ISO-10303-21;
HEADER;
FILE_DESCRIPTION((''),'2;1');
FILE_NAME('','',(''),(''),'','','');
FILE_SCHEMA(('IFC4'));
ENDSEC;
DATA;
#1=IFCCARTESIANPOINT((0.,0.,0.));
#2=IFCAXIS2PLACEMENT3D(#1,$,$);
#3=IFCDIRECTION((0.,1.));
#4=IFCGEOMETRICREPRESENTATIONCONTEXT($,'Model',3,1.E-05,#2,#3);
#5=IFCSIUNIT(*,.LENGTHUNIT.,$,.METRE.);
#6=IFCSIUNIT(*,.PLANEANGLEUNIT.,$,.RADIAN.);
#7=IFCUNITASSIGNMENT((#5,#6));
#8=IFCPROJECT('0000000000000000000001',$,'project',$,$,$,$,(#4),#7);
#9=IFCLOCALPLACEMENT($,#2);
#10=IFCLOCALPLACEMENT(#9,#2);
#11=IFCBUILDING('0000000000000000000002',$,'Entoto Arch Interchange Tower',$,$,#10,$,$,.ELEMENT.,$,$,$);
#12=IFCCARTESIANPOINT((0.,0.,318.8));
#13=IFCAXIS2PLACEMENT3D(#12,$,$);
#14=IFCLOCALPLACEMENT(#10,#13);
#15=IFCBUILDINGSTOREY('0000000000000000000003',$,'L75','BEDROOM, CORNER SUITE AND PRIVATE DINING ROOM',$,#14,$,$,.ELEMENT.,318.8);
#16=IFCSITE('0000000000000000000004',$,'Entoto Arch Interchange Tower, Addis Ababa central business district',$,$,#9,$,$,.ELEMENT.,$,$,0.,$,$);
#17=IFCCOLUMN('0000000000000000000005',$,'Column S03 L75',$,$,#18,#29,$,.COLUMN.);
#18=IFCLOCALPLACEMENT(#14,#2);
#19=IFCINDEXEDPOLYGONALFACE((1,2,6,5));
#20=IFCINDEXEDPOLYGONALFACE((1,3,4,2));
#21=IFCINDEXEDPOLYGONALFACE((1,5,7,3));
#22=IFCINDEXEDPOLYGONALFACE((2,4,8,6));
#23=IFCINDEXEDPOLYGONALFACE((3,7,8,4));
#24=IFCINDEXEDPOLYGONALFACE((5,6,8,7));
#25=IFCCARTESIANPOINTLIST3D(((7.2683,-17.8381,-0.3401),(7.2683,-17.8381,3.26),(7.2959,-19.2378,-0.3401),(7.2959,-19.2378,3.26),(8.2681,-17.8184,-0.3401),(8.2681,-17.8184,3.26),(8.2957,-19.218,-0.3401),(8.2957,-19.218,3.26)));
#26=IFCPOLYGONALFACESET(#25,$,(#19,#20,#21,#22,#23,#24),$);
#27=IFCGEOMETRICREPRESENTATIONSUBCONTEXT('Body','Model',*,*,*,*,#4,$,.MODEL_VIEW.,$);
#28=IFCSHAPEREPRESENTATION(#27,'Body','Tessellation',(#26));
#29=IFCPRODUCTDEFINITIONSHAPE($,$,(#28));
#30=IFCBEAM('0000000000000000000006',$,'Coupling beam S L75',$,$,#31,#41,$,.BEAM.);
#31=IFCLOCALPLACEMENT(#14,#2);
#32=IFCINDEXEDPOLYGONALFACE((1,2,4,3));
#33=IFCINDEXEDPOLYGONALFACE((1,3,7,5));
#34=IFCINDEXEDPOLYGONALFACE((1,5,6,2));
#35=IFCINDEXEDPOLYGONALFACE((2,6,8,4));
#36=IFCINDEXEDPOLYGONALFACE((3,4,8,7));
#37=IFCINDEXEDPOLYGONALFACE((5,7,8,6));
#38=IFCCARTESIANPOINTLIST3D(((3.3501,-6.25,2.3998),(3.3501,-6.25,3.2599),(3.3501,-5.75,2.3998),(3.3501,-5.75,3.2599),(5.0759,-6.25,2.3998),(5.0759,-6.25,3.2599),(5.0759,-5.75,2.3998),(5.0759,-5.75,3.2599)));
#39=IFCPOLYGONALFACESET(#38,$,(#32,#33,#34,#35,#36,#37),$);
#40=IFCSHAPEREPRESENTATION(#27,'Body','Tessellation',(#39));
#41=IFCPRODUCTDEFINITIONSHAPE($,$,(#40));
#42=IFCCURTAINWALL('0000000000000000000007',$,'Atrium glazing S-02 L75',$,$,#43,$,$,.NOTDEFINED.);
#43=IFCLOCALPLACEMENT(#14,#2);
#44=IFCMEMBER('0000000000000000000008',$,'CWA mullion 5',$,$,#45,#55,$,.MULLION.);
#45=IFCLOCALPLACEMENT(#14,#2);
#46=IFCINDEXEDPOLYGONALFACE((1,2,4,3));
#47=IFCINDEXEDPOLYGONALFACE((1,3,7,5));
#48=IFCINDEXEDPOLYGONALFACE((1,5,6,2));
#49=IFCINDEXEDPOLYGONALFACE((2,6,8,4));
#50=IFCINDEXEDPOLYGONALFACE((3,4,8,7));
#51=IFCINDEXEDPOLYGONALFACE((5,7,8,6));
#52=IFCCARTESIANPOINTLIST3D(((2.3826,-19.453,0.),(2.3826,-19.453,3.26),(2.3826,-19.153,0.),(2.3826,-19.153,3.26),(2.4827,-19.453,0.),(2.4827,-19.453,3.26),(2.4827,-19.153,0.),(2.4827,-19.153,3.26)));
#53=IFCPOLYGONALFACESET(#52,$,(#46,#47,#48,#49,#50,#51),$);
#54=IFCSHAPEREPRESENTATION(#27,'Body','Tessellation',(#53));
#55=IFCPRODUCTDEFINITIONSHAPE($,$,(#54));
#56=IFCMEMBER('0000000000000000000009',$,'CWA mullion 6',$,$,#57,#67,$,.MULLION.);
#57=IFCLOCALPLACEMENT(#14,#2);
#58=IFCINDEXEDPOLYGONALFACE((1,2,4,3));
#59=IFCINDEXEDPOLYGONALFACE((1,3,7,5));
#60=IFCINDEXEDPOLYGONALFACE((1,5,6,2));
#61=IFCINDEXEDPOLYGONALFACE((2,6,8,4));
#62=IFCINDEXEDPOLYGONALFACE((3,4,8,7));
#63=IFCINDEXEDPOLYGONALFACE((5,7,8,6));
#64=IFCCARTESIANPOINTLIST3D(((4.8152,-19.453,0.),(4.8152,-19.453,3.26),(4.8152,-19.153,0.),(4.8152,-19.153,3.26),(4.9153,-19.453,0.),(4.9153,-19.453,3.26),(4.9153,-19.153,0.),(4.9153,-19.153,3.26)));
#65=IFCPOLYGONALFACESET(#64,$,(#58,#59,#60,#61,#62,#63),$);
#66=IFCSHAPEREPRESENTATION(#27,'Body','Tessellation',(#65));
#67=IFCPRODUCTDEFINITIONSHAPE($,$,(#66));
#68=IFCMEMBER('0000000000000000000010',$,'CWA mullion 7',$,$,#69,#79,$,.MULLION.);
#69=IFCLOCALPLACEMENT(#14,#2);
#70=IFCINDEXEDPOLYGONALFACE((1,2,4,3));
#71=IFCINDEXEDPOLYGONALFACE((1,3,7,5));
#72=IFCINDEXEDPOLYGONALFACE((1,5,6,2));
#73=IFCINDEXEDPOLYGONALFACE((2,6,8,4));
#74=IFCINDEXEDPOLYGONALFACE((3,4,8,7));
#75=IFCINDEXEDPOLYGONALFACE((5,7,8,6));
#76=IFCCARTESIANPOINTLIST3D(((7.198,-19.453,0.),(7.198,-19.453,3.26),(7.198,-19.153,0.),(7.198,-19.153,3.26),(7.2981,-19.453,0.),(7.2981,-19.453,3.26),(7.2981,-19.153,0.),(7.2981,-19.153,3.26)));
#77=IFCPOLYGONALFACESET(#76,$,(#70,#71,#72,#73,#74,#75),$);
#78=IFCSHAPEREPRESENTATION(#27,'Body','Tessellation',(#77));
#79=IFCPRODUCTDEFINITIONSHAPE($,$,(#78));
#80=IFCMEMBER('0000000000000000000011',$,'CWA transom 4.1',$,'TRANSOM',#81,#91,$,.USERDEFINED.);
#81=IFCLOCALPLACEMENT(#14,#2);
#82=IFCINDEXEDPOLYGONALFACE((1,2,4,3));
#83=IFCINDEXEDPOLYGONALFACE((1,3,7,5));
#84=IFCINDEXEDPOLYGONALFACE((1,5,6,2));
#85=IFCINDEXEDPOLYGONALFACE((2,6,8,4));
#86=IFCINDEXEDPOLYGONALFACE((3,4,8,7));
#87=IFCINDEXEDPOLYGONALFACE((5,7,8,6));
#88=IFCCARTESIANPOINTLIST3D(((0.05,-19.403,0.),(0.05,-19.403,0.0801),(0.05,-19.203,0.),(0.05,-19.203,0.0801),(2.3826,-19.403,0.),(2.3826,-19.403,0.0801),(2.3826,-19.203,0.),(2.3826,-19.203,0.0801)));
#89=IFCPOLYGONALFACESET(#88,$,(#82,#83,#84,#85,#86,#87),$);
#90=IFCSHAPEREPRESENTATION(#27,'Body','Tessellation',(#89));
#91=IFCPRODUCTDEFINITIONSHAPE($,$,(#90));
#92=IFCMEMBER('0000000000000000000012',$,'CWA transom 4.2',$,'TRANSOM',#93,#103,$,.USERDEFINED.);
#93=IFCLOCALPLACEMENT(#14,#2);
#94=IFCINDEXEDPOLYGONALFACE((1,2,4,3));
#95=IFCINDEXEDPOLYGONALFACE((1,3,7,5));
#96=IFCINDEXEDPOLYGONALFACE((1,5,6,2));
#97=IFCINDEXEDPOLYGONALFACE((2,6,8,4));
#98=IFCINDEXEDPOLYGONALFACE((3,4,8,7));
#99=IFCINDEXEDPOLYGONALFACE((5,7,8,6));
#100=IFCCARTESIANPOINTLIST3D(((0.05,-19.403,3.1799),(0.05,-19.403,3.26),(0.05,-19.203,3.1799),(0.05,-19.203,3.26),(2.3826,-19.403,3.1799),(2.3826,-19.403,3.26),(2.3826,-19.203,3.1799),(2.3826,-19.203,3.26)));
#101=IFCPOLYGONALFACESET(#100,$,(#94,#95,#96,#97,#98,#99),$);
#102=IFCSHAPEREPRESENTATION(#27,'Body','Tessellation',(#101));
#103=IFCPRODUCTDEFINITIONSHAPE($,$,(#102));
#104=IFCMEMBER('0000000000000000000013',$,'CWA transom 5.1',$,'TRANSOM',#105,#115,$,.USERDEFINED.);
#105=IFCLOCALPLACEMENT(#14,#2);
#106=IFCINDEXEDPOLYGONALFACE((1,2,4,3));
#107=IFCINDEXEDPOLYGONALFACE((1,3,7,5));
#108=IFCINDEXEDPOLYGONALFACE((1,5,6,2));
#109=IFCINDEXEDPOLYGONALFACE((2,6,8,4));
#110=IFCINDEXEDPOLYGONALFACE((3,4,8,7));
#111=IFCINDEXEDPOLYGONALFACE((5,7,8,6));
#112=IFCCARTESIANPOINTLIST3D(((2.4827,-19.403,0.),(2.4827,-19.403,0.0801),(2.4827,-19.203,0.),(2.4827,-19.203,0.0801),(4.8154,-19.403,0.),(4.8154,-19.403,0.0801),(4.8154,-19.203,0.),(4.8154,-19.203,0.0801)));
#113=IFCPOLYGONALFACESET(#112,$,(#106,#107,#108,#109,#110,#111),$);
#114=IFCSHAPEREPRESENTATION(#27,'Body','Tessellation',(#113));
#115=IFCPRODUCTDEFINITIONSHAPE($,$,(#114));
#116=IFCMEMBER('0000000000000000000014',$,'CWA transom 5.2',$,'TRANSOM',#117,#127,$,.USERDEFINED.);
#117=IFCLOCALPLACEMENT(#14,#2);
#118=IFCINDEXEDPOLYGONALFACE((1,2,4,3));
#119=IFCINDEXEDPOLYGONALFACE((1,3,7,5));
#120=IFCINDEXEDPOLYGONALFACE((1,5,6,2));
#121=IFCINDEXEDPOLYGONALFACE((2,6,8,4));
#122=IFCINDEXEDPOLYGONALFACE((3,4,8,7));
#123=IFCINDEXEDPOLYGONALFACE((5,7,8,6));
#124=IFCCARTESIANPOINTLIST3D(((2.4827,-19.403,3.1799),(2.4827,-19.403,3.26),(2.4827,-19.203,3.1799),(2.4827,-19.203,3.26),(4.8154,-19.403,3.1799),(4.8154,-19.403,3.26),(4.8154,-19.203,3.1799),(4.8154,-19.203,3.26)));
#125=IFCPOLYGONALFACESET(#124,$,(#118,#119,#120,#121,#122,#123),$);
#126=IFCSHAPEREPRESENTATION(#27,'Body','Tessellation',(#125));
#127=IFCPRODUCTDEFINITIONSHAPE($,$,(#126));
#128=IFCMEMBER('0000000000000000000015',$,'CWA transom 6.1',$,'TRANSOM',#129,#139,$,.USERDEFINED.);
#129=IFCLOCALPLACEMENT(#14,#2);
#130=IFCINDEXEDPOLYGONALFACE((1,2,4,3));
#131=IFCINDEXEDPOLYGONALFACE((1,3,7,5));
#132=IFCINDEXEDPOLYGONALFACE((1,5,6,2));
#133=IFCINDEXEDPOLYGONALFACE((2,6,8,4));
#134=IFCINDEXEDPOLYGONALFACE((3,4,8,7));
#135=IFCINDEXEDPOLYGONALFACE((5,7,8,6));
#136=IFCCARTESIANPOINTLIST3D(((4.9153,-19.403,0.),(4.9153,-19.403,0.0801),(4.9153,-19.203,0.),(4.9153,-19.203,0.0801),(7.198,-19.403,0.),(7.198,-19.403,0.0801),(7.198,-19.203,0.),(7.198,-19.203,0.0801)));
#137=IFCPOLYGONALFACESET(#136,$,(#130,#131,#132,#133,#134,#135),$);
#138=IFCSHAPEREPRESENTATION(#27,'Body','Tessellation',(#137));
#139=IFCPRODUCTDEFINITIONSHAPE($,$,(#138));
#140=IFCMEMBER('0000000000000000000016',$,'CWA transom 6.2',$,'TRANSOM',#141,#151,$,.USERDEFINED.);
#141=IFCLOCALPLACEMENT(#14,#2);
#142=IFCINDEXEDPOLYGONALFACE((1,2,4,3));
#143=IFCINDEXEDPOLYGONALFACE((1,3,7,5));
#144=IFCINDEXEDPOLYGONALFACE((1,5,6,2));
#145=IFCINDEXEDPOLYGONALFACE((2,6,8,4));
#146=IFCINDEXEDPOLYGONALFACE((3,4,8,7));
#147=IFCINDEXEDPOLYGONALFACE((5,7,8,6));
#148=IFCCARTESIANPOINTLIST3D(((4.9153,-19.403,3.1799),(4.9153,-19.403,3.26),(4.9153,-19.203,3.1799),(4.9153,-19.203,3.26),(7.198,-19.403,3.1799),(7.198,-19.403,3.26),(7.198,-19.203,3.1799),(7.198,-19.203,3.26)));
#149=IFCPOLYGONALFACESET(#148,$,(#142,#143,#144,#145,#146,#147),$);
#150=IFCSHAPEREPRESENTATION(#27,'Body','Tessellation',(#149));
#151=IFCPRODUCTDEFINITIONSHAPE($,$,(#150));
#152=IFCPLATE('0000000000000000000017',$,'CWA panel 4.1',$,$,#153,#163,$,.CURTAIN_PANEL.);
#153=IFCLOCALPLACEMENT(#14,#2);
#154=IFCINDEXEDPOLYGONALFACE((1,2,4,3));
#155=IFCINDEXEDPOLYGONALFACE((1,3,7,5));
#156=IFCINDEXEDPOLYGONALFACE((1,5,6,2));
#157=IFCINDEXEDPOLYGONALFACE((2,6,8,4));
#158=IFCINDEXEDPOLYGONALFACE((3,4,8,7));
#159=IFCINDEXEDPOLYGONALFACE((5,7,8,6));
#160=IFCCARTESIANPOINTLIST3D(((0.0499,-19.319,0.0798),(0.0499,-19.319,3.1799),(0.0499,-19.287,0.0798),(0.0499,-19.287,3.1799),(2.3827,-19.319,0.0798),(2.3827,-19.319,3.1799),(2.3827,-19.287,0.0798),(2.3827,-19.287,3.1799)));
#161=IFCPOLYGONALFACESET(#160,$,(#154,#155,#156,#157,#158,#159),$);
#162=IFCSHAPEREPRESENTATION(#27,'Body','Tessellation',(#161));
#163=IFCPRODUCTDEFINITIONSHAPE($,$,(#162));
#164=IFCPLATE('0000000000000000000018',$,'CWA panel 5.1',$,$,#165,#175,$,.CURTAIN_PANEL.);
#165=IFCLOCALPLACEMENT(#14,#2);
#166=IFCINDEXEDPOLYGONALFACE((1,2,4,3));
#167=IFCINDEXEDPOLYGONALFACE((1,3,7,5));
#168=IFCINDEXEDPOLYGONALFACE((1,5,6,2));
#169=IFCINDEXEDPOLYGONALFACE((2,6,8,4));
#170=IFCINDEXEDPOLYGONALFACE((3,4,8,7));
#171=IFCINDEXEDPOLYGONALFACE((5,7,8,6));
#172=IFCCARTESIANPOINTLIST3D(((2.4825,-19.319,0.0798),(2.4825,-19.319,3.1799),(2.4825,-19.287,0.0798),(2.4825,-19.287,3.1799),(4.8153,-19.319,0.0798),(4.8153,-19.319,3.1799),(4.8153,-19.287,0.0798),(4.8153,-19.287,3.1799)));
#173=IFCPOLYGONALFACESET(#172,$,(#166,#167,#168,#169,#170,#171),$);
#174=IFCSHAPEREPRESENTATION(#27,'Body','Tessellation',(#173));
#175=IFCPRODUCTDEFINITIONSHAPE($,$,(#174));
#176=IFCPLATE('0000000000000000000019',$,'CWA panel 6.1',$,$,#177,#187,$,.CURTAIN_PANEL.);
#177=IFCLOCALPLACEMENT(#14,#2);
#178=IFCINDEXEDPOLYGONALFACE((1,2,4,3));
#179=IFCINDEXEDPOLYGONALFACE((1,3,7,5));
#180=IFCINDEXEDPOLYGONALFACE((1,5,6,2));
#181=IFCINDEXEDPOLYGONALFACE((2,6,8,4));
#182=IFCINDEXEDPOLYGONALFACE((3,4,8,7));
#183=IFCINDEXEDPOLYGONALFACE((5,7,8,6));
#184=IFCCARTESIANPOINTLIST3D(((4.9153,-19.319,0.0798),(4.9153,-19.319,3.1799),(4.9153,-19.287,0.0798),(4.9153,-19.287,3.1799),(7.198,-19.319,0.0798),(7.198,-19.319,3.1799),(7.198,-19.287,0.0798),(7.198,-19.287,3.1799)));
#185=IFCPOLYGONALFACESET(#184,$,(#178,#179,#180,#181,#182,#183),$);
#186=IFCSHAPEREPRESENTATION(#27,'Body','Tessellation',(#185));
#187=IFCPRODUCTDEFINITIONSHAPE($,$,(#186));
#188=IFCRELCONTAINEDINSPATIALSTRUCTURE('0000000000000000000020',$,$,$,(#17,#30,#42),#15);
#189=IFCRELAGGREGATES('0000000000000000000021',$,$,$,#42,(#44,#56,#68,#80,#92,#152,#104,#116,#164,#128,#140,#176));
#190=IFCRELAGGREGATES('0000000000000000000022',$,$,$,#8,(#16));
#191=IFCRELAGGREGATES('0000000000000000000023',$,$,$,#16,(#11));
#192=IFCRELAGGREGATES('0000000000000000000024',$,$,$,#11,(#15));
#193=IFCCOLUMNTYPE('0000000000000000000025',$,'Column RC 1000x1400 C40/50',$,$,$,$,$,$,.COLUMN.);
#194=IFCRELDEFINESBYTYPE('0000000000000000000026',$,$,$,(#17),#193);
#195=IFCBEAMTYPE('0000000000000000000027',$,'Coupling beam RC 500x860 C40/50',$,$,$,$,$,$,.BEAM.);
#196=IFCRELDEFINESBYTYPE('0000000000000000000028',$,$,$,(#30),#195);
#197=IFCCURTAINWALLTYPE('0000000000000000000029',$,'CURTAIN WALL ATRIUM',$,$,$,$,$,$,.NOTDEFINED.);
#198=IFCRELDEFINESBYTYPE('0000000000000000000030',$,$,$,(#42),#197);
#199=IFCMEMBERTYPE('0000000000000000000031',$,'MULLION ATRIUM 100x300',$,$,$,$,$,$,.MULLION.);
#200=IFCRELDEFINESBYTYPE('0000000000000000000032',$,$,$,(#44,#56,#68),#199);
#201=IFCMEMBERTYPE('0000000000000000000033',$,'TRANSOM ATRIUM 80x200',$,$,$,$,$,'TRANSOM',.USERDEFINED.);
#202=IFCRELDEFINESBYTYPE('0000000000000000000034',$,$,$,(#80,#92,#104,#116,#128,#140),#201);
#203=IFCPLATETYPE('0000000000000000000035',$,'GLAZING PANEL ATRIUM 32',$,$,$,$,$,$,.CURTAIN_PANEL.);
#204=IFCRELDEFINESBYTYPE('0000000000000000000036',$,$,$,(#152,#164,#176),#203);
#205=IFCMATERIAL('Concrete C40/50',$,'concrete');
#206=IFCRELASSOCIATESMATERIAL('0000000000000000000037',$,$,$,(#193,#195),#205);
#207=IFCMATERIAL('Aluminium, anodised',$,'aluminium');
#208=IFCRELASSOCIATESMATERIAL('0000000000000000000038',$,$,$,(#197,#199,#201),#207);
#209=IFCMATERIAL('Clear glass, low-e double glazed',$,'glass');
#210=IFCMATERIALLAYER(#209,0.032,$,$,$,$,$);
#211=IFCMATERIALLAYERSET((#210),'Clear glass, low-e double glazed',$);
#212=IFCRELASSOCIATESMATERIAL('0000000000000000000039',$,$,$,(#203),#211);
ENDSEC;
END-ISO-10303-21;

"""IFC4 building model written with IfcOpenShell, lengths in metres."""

from ifc_helpers import new_model, si_unit, direction, frame, origin, origin_2d, place, context, subcontext, project, spatial, rectangle, extrude, material, layer, layer_set, material_profile, profile_set, type_object, element, aggregate, save


model = new_model("IFC4")

# Units and contexts
model_context = context("Model", 3, precision=1e-05, world=origin(), true_north=direction((0.0, 1.0)))
body_context = subcontext(model_context, "Body", "Model", "MODEL_VIEW")
ifc_project = project(units=[si_unit("LENGTHUNIT", "METRE"), si_unit("PLANEANGLEUNIT", "RADIAN")], contexts=[model_context])

# Site, building, storey
site_placement = place(None, origin())
site = spatial("IfcSite", under=ifc_project, at=site_placement, Name="Entoto Arch Interchange Tower, Addis Ababa central business district", CompositionType="ELEMENT", RefElevation=0.0)
building_placement = place(site_placement, origin())
building = spatial("IfcBuilding", under=site, at=building_placement, Name="Entoto Arch Interchange Tower", CompositionType="ELEMENT")
storey_placement = place(building_placement, frame((0.0, 0.0, 318.8)))
storey = spatial("IfcBuildingStorey", under=building, at=storey_placement, Name="L75", Description="BEDROOM, CORNER SUITE AND PRIVATE DINING ROOM", CompositionType="ELEMENT", Elevation=318.8)

# Column
ifc_material_1 = material(Name="Concrete C40/50", Category="concrete")
ifc_material_profile_1 = material_profile(ifc_material_1, rectangle(XDim=1.0, YDim=1.3999, at=origin_2d()))
ifc_profile_set_1 = profile_set([ifc_material_profile_1], Name="Concrete C40/50")
column_type = type_object("IfcColumnType", Name="Column RC 1000x1400 C40/50", PredefinedType="COLUMN", material=ifc_profile_set_1)
column_placement = place(storey_placement, frame((7.782, -18.5281, -0.3401), z_axis=(0.0, 0.0, 1.0), x_axis=(0.999806, 0.019721, 0.0)))
element("IfcColumn", 1, at=column_placement, inside=storey, type_object=column_type, Name="Column S03 L75", PredefinedType="COLUMN", context=body_context, shape_type="SweptSolid", body=[
    extrude(rectangle(XDim=1.0, YDim=1.3999, at=origin_2d()), origin(), (0.0, 0.0, 1.0), 3.6001),
])

# Beam
ifc_material_profile_2 = material_profile(ifc_material_1, rectangle(XDim=0.5, YDim=0.8601, at=origin_2d()))
ifc_profile_set_2 = profile_set([ifc_material_profile_2], Name="Concrete C40/50")
beam_type = type_object("IfcBeamType", Name="Coupling beam RC 500x860 C40/50", PredefinedType="BEAM", material=ifc_profile_set_2)
beam_placement = place(storey_placement, frame((3.3501, -6.0, 2.8298), z_axis=(1.0, 0.0, 0.0), x_axis=(0.0, 1.0, 0.0)))
element("IfcBeam", 2, at=beam_placement, inside=storey, type_object=beam_type, Name="Coupling beam S L75", PredefinedType="BEAM", context=body_context, shape_type="SweptSolid", body=[
    extrude(rectangle(XDim=0.5, YDim=0.8601, at=origin_2d()), origin(), (0.0, 0.0, 1.0), 1.7258),
])

# Curtain wall, members, plates
ifc_material_2 = material(Name="Aluminium, anodised", Category="aluminium")
curtain_wall_type = type_object("IfcCurtainWallType", Name="CURTAIN WALL ATRIUM", PredefinedType="NOTDEFINED", material=ifc_material_2)
curtain_wall_placement = place(storey_placement, origin())
curtain_wall = element("IfcCurtainWall", 3, at=curtain_wall_placement, inside=storey, type_object=curtain_wall_type, Name="Atrium glazing S-02 L75", PredefinedType="NOTDEFINED")
ifc_material_profile_3 = material_profile(ifc_material_2, rectangle(XDim=0.3, YDim=0.1001, at=origin_2d()))
ifc_profile_set_3 = profile_set([ifc_material_profile_3], Name="Aluminium, anodised")
member_type_1 = type_object("IfcMemberType", Name="MULLION ATRIUM 100x300", PredefinedType="MULLION", material=ifc_profile_set_3)
member_1_placement = place(storey_placement, frame((2.4326, -19.303, 0.0), z_axis=(0.0, 0.0, 1.0), x_axis=(0.0, 1.0, 0.0)))
member_1 = element("IfcMember", 4, at=member_1_placement, type_object=member_type_1, Name="CWA mullion 5", PredefinedType="MULLION", context=body_context, shape_type="SweptSolid", body=[
    extrude(rectangle(XDim=0.3, YDim=0.1001, at=origin_2d()), origin(), (0.0, 0.0, 1.0), 3.26),
])
member_2_placement = place(storey_placement, frame((4.8652, -19.303, 0.0), z_axis=(0.0, 0.0, 1.0), x_axis=(0.0, 1.0, 0.0)))
member_2 = element("IfcMember", 5, at=member_2_placement, type_object=member_type_1, Name="CWA mullion 6", PredefinedType="MULLION", context=body_context, shape_type="SweptSolid", body=[
    extrude(rectangle(XDim=0.3, YDim=0.1001, at=origin_2d()), origin(), (0.0, 0.0, 1.0), 3.26),
])
member_3_placement = place(storey_placement, frame((7.248, -19.303, 0.0), z_axis=(0.0, 0.0, 1.0), x_axis=(0.0, 1.0, 0.0)))
member_3 = element("IfcMember", 6, at=member_3_placement, type_object=member_type_1, Name="CWA mullion 7", PredefinedType="MULLION", context=body_context, shape_type="SweptSolid", body=[
    extrude(rectangle(XDim=0.3, YDim=0.1001, at=origin_2d()), origin(), (0.0, 0.0, 1.0), 3.26),
])
ifc_material_profile_4 = material_profile(ifc_material_2, rectangle(XDim=0.2, YDim=0.0801, at=origin_2d()))
ifc_profile_set_4 = profile_set([ifc_material_profile_4], Name="Aluminium, anodised")
member_type_2 = type_object("IfcMemberType", Name="TRANSOM ATRIUM 80x200", ElementType="TRANSOM", PredefinedType="USERDEFINED", material=ifc_profile_set_4)
member_4_placement = place(storey_placement, frame((0.05, -19.303, 0.04), z_axis=(1.0, 0.0, 0.0), x_axis=(0.0, 1.0, 0.0)))
member_4 = element("IfcMember", 7, at=member_4_placement, type_object=member_type_2, Name="CWA transom 4.1", ObjectType="TRANSOM", PredefinedType="USERDEFINED", context=body_context, shape_type="SweptSolid", body=[
    extrude(rectangle(XDim=0.2, YDim=0.0801, at=origin_2d()), origin(), (0.0, 0.0, 1.0), 2.3325),
])
member_5_placement = place(storey_placement, frame((0.05, -19.303, 3.22), z_axis=(1.0, 0.0, 0.0), x_axis=(0.0, 1.0, 0.0)))
member_5 = element("IfcMember", 8, at=member_5_placement, type_object=member_type_2, Name="CWA transom 4.2", ObjectType="TRANSOM", PredefinedType="USERDEFINED", context=body_context, shape_type="SweptSolid", body=[
    extrude(rectangle(XDim=0.2, YDim=0.0801, at=origin_2d()), origin(), (0.0, 0.0, 1.0), 2.3325),
])
member_6_placement = place(storey_placement, frame((2.4827, -19.303, 0.04), z_axis=(1.0, 0.0, 0.0), x_axis=(0.0, 1.0, 0.0)))
member_6 = element("IfcMember", 9, at=member_6_placement, type_object=member_type_2, Name="CWA transom 5.1", ObjectType="TRANSOM", PredefinedType="USERDEFINED", context=body_context, shape_type="SweptSolid", body=[
    extrude(rectangle(XDim=0.2, YDim=0.0801, at=origin_2d()), origin(), (0.0, 0.0, 1.0), 2.3328),
])
member_7_placement = place(storey_placement, frame((2.4827, -19.303, 3.22), z_axis=(1.0, 0.0, 0.0), x_axis=(0.0, 1.0, 0.0)))
member_7 = element("IfcMember", 10, at=member_7_placement, type_object=member_type_2, Name="CWA transom 5.2", ObjectType="TRANSOM", PredefinedType="USERDEFINED", context=body_context, shape_type="SweptSolid", body=[
    extrude(rectangle(XDim=0.2, YDim=0.0801, at=origin_2d()), origin(), (0.0, 0.0, 1.0), 2.3328),
])
member_8_placement = place(storey_placement, frame((4.9153, -19.303, 0.04), z_axis=(1.0, 0.0, 0.0), x_axis=(0.0, 1.0, 0.0)))
member_8 = element("IfcMember", 11, at=member_8_placement, type_object=member_type_2, Name="CWA transom 6.1", ObjectType="TRANSOM", PredefinedType="USERDEFINED", context=body_context, shape_type="SweptSolid", body=[
    extrude(rectangle(XDim=0.2, YDim=0.0801, at=origin_2d()), origin(), (0.0, 0.0, 1.0), 2.2827),
])
member_9_placement = place(storey_placement, frame((4.9153, -19.303, 3.22), z_axis=(1.0, 0.0, 0.0), x_axis=(0.0, 1.0, 0.0)))
member_9 = element("IfcMember", 12, at=member_9_placement, type_object=member_type_2, Name="CWA transom 6.2", ObjectType="TRANSOM", PredefinedType="USERDEFINED", context=body_context, shape_type="SweptSolid", body=[
    extrude(rectangle(XDim=0.2, YDim=0.0801, at=origin_2d()), origin(), (0.0, 0.0, 1.0), 2.2827),
])
ifc_material_3 = material(Name="Clear glass, low-e double glazed", Category="glass")
ifc_layer_1 = layer(ifc_material_3, 0.032)
ifc_layer_set_1 = layer_set([ifc_layer_1], Name="Clear glass, low-e double glazed")
plate_type = type_object("IfcPlateType", Name="GLAZING PANEL ATRIUM 32", PredefinedType="CURTAIN_PANEL", material=ifc_layer_set_1)
plate_1_placement = place(storey_placement, frame((1.2163, -19.303, 0.0798), z_axis=(0.0, 0.0, 1.0), x_axis=(1.0, 0.0, 0.0)))
plate_1 = element("IfcPlate", 13, at=plate_1_placement, type_object=plate_type, Name="CWA panel 4.1", PredefinedType="CURTAIN_PANEL", context=body_context, shape_type="SweptSolid", body=[
    extrude(rectangle(XDim=2.3328, YDim=0.032, at=origin_2d()), origin(), (0.0, 0.0, 1.0), 3.1001),
])
plate_2_placement = place(storey_placement, frame((3.6489, -19.303, 0.0798), z_axis=(0.0, 0.0, 1.0), x_axis=(1.0, 0.0, 0.0)))
plate_2 = element("IfcPlate", 14, at=plate_2_placement, type_object=plate_type, Name="CWA panel 5.1", PredefinedType="CURTAIN_PANEL", context=body_context, shape_type="SweptSolid", body=[
    extrude(rectangle(XDim=2.3328, YDim=0.032, at=origin_2d()), origin(), (0.0, 0.0, 1.0), 3.1001),
])
plate_3_placement = place(storey_placement, frame((6.0566, -19.303, 0.0798), z_axis=(0.0, 0.0, 1.0), x_axis=(1.0, 0.0, 0.0)))
plate_3 = element("IfcPlate", 15, at=plate_3_placement, type_object=plate_type, Name="CWA panel 6.1", PredefinedType="CURTAIN_PANEL", context=body_context, shape_type="SweptSolid", body=[
    extrude(rectangle(XDim=2.2827, YDim=0.032, at=origin_2d()), origin(), (0.0, 0.0, 1.0), 3.1001),
])
aggregate(curtain_wall, [member_1, member_2, member_3, member_4, member_5, plate_1, member_6, member_7, plate_2, member_8, member_9, plate_3])

save(model, "model.ifc")
